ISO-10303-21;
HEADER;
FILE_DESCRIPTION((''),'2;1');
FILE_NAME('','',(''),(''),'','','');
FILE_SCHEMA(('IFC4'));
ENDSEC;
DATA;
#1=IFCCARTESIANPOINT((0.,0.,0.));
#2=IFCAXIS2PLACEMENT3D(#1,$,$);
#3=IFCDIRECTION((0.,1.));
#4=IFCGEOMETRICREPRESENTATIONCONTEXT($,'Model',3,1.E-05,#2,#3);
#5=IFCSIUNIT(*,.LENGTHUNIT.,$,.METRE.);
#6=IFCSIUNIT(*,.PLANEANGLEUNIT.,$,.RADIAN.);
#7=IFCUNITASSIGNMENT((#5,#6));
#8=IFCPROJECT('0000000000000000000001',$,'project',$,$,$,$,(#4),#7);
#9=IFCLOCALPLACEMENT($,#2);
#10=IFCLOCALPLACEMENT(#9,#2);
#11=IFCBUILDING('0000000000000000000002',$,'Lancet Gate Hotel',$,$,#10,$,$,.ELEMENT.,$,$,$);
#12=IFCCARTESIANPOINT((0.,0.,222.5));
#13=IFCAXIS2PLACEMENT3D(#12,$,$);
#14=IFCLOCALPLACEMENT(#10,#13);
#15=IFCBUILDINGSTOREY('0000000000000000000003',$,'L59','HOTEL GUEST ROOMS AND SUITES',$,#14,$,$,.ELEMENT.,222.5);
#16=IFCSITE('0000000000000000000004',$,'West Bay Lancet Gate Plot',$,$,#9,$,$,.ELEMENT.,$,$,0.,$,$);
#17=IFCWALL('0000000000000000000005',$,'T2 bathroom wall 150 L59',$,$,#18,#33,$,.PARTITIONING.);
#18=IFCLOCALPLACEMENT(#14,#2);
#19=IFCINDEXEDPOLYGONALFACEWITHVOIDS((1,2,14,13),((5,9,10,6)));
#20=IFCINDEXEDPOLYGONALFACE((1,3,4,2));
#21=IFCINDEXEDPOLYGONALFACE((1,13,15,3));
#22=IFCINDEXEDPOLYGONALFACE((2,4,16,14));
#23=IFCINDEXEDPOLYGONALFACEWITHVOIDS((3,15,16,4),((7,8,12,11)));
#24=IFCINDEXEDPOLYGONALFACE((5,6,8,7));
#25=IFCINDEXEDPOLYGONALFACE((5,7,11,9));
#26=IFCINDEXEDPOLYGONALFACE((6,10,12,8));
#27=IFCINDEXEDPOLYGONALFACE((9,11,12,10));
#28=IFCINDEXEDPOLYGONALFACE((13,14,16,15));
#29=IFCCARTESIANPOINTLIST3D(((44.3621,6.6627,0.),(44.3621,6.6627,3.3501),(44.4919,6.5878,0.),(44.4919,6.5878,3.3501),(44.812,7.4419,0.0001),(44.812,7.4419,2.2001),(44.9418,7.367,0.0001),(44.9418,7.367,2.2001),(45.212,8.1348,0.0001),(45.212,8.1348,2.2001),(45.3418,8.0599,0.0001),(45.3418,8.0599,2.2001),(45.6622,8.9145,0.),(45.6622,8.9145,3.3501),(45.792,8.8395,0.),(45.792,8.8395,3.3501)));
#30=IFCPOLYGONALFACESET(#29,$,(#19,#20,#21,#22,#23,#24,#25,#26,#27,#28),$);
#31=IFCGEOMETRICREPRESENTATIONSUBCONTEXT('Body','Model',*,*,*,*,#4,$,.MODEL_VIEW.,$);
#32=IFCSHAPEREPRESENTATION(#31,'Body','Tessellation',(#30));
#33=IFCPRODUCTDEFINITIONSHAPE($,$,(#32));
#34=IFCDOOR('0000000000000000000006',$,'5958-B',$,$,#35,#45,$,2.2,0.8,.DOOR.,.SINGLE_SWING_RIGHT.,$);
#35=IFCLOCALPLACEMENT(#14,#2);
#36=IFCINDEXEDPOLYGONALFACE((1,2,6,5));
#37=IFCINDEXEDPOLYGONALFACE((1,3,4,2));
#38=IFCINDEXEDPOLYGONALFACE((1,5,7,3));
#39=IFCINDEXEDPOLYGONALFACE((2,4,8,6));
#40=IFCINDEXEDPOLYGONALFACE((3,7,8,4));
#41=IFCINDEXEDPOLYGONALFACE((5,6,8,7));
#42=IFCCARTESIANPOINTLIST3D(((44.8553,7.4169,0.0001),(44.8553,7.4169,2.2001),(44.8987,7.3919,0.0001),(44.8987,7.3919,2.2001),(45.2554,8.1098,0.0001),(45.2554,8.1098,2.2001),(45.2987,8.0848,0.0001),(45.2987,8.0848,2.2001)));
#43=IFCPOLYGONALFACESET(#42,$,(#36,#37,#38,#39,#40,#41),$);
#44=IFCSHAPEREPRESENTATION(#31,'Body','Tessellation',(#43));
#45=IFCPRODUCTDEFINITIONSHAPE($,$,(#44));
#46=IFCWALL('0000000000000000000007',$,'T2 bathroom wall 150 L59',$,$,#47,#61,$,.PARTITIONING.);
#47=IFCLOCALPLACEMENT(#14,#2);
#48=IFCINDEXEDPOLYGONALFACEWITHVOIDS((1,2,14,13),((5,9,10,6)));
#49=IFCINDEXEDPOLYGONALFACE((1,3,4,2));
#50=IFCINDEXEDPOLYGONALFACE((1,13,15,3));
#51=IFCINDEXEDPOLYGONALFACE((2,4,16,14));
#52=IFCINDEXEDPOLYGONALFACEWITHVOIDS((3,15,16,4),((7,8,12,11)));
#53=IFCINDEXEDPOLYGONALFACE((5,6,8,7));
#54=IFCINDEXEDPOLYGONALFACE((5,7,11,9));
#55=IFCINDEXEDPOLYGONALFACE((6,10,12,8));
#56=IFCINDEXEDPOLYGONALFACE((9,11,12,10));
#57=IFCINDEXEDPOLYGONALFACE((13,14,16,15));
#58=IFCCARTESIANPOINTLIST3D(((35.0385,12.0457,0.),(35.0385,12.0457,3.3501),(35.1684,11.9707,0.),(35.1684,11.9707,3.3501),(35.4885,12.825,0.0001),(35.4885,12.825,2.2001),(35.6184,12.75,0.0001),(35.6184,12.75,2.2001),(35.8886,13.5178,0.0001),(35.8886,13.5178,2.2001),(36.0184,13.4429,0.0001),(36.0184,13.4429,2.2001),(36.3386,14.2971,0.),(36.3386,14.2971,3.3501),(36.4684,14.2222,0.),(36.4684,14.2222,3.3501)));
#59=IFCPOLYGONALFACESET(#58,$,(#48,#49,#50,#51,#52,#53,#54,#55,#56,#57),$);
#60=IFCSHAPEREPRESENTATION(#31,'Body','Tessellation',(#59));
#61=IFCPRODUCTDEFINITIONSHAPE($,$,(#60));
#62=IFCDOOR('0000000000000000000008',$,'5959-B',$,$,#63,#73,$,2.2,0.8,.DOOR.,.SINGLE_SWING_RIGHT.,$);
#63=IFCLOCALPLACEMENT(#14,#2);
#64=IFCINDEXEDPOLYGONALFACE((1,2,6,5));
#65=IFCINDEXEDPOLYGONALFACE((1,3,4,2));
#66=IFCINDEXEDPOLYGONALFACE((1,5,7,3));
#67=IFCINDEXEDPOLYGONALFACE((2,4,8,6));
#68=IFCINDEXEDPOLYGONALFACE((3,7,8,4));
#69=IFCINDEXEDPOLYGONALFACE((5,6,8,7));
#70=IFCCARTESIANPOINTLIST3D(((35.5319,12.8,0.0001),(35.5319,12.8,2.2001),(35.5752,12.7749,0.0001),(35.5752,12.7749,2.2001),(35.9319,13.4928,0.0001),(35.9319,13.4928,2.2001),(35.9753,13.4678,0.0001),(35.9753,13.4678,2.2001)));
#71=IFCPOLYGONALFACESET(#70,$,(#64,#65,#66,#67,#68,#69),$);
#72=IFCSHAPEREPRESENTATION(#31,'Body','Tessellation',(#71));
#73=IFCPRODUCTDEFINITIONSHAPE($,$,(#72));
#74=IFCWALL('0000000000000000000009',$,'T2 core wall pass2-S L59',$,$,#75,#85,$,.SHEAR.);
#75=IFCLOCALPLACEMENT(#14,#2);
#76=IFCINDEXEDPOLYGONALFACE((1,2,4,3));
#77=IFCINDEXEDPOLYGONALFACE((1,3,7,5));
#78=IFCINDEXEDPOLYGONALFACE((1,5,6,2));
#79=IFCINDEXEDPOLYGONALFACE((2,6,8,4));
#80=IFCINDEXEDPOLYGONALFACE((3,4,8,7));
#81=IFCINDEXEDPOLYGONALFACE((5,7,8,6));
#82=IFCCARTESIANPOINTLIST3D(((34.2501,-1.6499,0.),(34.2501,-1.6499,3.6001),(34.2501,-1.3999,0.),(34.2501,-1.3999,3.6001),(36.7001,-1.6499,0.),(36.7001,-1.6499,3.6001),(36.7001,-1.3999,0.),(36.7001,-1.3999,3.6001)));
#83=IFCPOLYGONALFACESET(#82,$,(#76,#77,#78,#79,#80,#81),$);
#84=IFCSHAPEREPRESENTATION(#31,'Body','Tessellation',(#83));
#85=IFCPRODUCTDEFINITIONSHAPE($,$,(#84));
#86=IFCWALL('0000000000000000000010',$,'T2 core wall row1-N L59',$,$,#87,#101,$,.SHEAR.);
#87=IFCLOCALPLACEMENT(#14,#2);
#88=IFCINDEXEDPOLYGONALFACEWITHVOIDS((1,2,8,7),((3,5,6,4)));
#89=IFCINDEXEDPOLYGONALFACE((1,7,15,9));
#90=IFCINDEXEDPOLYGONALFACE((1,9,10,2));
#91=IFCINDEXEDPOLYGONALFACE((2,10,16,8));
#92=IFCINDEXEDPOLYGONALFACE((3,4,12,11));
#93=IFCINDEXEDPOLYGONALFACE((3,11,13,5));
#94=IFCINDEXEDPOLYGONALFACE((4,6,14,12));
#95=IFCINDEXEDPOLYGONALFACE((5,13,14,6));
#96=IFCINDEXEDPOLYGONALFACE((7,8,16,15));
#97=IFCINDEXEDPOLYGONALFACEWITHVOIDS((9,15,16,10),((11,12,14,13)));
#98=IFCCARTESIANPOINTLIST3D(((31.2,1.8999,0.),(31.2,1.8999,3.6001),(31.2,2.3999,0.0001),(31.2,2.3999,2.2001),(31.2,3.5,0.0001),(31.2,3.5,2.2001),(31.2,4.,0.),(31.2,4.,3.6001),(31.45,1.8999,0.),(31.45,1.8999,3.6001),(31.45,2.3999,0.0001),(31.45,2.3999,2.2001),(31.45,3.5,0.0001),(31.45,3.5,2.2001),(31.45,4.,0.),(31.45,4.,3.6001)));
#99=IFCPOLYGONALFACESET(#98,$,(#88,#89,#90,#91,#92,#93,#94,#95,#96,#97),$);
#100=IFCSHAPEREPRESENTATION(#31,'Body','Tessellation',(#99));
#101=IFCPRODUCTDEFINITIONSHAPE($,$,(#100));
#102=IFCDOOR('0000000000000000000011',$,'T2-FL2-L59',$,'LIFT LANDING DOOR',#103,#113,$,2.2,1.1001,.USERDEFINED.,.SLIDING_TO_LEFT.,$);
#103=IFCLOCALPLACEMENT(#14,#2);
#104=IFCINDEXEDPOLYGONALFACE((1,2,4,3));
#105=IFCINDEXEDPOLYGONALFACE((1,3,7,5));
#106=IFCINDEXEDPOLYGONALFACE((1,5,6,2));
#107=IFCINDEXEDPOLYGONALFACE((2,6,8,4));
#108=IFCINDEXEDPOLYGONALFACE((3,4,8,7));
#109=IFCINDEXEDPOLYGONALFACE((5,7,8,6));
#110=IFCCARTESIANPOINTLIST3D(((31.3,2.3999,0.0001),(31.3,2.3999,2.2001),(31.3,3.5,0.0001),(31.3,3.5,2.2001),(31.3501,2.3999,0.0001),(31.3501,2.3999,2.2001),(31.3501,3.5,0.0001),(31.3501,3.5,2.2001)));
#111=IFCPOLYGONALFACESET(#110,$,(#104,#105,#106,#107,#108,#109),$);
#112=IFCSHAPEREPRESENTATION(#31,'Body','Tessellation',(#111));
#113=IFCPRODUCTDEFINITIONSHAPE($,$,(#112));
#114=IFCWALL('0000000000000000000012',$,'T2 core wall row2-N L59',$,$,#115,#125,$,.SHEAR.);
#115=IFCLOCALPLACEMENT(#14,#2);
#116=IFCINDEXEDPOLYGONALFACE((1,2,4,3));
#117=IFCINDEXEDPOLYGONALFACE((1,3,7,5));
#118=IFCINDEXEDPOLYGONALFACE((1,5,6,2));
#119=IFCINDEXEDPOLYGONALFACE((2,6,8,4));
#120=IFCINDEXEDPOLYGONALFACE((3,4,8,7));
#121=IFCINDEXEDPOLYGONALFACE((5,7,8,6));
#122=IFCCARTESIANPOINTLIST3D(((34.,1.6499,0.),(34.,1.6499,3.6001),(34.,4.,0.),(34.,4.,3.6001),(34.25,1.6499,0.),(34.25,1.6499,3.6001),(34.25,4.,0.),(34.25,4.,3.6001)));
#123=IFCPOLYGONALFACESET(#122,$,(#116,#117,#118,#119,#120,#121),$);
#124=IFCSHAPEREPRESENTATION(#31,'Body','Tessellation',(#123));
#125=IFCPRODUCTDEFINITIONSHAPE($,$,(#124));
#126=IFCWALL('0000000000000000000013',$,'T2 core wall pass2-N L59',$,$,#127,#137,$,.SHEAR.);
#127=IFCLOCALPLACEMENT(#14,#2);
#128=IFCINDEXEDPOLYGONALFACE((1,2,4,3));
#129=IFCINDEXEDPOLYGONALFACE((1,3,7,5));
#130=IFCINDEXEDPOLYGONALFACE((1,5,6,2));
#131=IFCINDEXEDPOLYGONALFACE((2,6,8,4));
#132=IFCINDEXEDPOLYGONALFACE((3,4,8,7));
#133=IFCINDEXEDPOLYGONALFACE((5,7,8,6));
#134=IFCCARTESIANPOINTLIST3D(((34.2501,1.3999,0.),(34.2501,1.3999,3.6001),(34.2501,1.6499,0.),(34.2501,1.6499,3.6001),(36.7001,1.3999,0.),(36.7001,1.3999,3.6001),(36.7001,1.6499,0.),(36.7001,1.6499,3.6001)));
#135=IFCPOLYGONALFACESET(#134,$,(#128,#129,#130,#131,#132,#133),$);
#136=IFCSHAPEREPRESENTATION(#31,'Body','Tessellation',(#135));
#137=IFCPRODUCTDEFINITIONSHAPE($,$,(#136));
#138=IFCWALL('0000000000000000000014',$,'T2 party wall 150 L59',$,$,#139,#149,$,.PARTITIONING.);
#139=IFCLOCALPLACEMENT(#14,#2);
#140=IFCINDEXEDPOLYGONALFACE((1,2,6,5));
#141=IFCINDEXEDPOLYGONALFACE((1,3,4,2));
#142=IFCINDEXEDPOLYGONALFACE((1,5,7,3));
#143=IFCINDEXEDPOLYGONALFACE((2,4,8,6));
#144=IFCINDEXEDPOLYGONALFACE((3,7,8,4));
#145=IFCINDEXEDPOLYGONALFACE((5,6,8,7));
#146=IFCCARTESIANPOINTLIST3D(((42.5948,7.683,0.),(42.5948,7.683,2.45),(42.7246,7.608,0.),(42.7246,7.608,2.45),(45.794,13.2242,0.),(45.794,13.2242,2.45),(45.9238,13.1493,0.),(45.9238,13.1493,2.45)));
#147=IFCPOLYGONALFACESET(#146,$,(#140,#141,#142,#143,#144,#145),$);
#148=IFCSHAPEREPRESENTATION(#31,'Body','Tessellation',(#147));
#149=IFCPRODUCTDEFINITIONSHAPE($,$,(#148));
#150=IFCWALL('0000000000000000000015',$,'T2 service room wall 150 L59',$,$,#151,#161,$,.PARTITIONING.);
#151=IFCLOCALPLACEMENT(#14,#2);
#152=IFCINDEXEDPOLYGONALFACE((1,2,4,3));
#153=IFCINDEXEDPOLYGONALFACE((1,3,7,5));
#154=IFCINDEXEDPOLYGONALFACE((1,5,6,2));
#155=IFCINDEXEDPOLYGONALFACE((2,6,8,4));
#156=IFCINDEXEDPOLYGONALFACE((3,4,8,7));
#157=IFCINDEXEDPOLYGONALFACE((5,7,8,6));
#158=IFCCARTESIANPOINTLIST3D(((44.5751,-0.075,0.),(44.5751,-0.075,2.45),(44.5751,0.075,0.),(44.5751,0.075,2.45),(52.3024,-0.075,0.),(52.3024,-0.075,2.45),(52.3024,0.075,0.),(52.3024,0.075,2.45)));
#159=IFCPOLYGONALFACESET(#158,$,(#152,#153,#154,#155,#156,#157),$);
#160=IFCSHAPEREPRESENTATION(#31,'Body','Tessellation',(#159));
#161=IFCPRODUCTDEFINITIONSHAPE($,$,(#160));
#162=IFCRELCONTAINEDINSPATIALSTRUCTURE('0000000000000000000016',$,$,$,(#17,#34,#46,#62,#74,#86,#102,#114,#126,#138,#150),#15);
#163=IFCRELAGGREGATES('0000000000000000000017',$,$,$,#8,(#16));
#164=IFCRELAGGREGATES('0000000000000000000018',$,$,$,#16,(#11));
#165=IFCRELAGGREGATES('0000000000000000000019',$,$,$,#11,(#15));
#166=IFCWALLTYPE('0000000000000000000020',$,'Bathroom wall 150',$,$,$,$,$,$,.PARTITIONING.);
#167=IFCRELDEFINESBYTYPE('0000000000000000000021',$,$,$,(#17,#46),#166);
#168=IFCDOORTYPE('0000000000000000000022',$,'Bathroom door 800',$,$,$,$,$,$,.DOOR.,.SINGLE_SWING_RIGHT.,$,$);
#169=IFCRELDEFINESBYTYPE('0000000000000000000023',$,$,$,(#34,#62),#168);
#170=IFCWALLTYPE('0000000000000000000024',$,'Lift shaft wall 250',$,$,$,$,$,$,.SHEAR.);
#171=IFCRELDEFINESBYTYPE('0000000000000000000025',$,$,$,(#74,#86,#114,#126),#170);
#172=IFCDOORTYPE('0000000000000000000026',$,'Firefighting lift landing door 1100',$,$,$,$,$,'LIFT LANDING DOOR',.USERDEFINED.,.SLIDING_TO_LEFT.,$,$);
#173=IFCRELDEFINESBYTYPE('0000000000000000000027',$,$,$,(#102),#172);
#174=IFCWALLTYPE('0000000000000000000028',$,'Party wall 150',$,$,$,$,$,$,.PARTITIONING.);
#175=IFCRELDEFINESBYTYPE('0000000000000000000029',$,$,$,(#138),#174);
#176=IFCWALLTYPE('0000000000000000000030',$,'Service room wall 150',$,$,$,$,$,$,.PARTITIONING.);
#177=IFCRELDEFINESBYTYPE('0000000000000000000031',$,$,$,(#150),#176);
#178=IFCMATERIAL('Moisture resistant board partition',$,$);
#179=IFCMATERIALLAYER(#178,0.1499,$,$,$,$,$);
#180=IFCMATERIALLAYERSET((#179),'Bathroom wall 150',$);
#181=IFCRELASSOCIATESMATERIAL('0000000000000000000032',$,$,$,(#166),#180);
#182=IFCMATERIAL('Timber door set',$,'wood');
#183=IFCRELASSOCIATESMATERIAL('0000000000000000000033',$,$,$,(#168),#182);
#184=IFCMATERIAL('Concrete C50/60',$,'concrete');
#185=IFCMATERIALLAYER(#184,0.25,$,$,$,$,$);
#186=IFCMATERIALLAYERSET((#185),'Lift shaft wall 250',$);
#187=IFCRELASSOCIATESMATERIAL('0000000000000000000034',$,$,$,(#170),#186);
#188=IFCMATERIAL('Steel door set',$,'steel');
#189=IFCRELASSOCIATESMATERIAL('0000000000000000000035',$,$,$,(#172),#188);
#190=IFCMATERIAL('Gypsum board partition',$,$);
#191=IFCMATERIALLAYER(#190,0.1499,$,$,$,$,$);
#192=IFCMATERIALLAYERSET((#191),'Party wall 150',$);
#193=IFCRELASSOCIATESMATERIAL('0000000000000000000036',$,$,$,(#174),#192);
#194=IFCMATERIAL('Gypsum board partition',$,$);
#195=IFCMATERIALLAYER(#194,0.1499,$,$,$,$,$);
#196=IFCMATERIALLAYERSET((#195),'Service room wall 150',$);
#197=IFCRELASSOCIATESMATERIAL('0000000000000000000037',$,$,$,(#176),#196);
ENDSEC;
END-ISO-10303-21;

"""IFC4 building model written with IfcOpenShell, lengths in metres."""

from ifc_helpers import new_model, si_unit, direction, frame, frame_2d, origin, place, context, subcontext, project, spatial, rectangle, extrude, material, layer, layer_set, type_object, element, fill, save


model = new_model("IFC4")

# Units and contexts
model_context = context("Model", 3, precision=1e-05, world=origin(), true_north=direction((0.0, 1.0)))
body_context = subcontext(model_context, "Body", "Model", "MODEL_VIEW")
ifc_project = project(units=[si_unit("LENGTHUNIT", "METRE"), si_unit("PLANEANGLEUNIT", "RADIAN")], contexts=[model_context])

# Site, building, storey
site_placement = place(None, origin())
site = spatial("IfcSite", under=ifc_project, at=site_placement, Name="West Bay Lancet Gate Plot", CompositionType="ELEMENT", RefElevation=0.0)
building_placement = place(site_placement, origin())
building = spatial("IfcBuilding", under=site, at=building_placement, Name="Lancet Gate Hotel", CompositionType="ELEMENT")
storey_placement = place(building_placement, frame((0.0, 0.0, 222.5)))
storey = spatial("IfcBuildingStorey", under=building, at=storey_placement, Name="L59", Description="HOTEL GUEST ROOMS AND SUITES", CompositionType="ELEMENT", Elevation=222.5)

# Shared definitions
ifc_material_1 = material(Name="Moisture resistant board partition")
ifc_layer_1 = layer(ifc_material_1, 0.1499)
ifc_layer_set_1 = layer_set([ifc_layer_1], Name="Bathroom wall 150")
wall_type_1 = type_object("IfcWallType", Name="Bathroom wall 150", PredefinedType="PARTITIONING", material=ifc_layer_set_1)

# Walls, openings, doors
wall_1_placement = place(storey_placement, frame((44.427, 6.6252, 0.0), z_axis=(0.0, 0.0, 1.0), x_axis=(0.500007, 0.866021, 0.0)))
wall_1 = element("IfcWall", 1, at=wall_1_placement, inside=storey, type_object=wall_type_1, Name="T2 bathroom wall 150 L59", PredefinedType="PARTITIONING", context=body_context, shape_type="SweptSolid", body=[
    extrude(rectangle(XDim=2.6001, YDim=0.1499, at=frame_2d((1.3, 0.0))), origin(), (0.0, 0.0, 1.0), 3.3501),
])
opening_1_placement = place(wall_1_placement, frame((0.8999, 0.0, 0.0)))
opening_1 = element("IfcOpeningElement", 2, at=opening_1_placement, cuts=wall_1, PredefinedType="OPENING", context=body_context, shape_type="SweptSolid", body=[
    extrude(rectangle(XDim=0.8, YDim=2.2, at=frame_2d((0.3999, 1.1001))), frame((0.0, 0.085, 0.0), z_axis=(0.0, -1.0, 0.0), x_axis=(1.0, 0.0, 0.0)), (0.0, 0.0, 1.0), 0.1699),
])
ifc_material_2 = material(Name="Timber door set", Category="wood")
door_type_1 = type_object("IfcDoorType", Name="Bathroom door 800", OperationType="SINGLE_SWING_RIGHT", PredefinedType="DOOR", material=ifc_material_2)
door_1_placement = place(opening_1_placement, origin())
door_1 = element("IfcDoor", 3, at=door_1_placement, inside=storey, type_object=door_type_1, Name="5958-B", OperationType="SINGLE_SWING_RIGHT", OverallHeight=2.2, OverallWidth=0.8, PredefinedType="DOOR", context=body_context, shape_type="SweptSolid", body=[
    extrude(rectangle(XDim=0.8, YDim=2.2, at=frame_2d((0.3999, 1.1001))), frame((0.0, 0.0249, 0.0), z_axis=(0.0, -1.0, 0.0), x_axis=(1.0, 0.0, 0.0)), (0.0, 0.0, 1.0), 0.05),
])
fill(opening_1, door_1)
wall_2_placement = place(storey_placement, frame((35.1035, 12.0083, 0.0), z_axis=(0.0, 0.0, 1.0), x_axis=(0.500048, 0.865998, 0.0)))
wall_2 = element("IfcWall", 4, at=wall_2_placement, inside=storey, type_object=wall_type_1, Name="T2 bathroom wall 150 L59", PredefinedType="PARTITIONING", context=body_context, shape_type="SweptSolid", body=[
    extrude(rectangle(XDim=2.5999, YDim=0.1499, at=frame_2d((1.2998, 0.0))), origin(), (0.0, 0.0, 1.0), 3.3501),
])
opening_2_placement = place(wall_2_placement, frame((0.8999, 0.0, 0.0)))
opening_2 = element("IfcOpeningElement", 5, at=opening_2_placement, cuts=wall_2, PredefinedType="OPENING", context=body_context, shape_type="SweptSolid", body=[
    extrude(rectangle(XDim=0.8, YDim=2.2, at=frame_2d((0.3999, 1.1001))), frame((0.0, 0.085, 0.0), z_axis=(0.0, -1.0, 0.0), x_axis=(1.0, 0.0, 0.0)), (0.0, 0.0, 1.0), 0.1699),
])
door_2_placement = place(opening_2_placement, origin())
door_2 = element("IfcDoor", 6, at=door_2_placement, inside=storey, type_object=door_type_1, Name="5959-B", OperationType="SINGLE_SWING_RIGHT", OverallHeight=2.2, OverallWidth=0.8, PredefinedType="DOOR", context=body_context, shape_type="SweptSolid", body=[
    extrude(rectangle(XDim=0.8, YDim=2.2, at=frame_2d((0.3999, 1.1001))), frame((0.0, 0.0249, 0.0), z_axis=(0.0, -1.0, 0.0), x_axis=(1.0, 0.0, 0.0)), (0.0, 0.0, 1.0), 0.05),
])
fill(opening_2, door_2)

# Wall
ifc_material_3 = material(Name="Concrete C50/60", Category="concrete")
ifc_layer_2 = layer(ifc_material_3, 0.25)
ifc_layer_set_2 = layer_set([ifc_layer_2], Name="Lift shaft wall 250")
wall_type_2 = type_object("IfcWallType", Name="Lift shaft wall 250", PredefinedType="SHEAR", material=ifc_layer_set_2)
wall_3_placement = place(storey_placement, frame((34.25, -1.5249, 0.0), z_axis=(0.0, 0.0, 1.0), x_axis=(1.0, 0.0, 0.0)))
element("IfcWall", 7, at=wall_3_placement, inside=storey, type_object=wall_type_2, Name="T2 core wall pass2-S L59", PredefinedType="SHEAR", context=body_context, shape_type="SweptSolid", body=[
    extrude(rectangle(XDim=2.45, YDim=0.25, at=frame_2d((1.2251, 0.0))), origin(), (0.0, 0.0, 1.0), 3.6001),
])

# Wall, opening, door
wall_4_placement = place(storey_placement, frame((31.325, 1.8999, 0.0), z_axis=(0.0, 0.0, 1.0), x_axis=(0.0, 1.0, 0.0)))
wall_4 = element("IfcWall", 8, at=wall_4_placement, inside=storey, type_object=wall_type_2, Name="T2 core wall row1-N L59", PredefinedType="SHEAR", context=body_context, shape_type="SweptSolid", body=[
    extrude(rectangle(XDim=2.1001, YDim=0.25, at=frame_2d((1.05, 0.0))), origin(), (0.0, 0.0, 1.0), 3.6001),
])
opening_3_placement = place(wall_4_placement, frame((0.5, 0.0, 0.0)))
opening_3 = element("IfcOpeningElement", 9, at=opening_3_placement, cuts=wall_4, PredefinedType="OPENING", context=body_context, shape_type="SweptSolid", body=[
    extrude(rectangle(XDim=1.1001, YDim=2.2, at=frame_2d((0.55, 1.1001))), frame((0.0, 0.135, 0.0), z_axis=(0.0, -1.0, 0.0), x_axis=(1.0, 0.0, 0.0)), (0.0, 0.0, 1.0), 0.27),
])
ifc_material_4 = material(Name="Steel door set", Category="steel")
door_type_2 = type_object("IfcDoorType", Name="Firefighting lift landing door 1100", ElementType="LIFT LANDING DOOR", OperationType="SLIDING_TO_LEFT", PredefinedType="USERDEFINED", material=ifc_material_4)
door_3_placement = place(opening_3_placement, origin())
door_3 = element("IfcDoor", 10, at=door_3_placement, inside=storey, type_object=door_type_2, Name="T2-FL2-L59", ObjectType="LIFT LANDING DOOR", OperationType="SLIDING_TO_LEFT", OverallHeight=2.2, OverallWidth=1.1001, PredefinedType="USERDEFINED", context=body_context, shape_type="SweptSolid", body=[
    extrude(rectangle(XDim=1.1001, YDim=2.2, at=frame_2d((0.55, 1.1001))), frame((0.0, 0.0249, 0.0), z_axis=(0.0, -1.0, 0.0), x_axis=(1.0, 0.0, 0.0)), (0.0, 0.0, 1.0), 0.05),
])
fill(opening_3, door_3)

# Walls
wall_5_placement = place(storey_placement, frame((34.125, 1.6499, 0.0), z_axis=(0.0, 0.0, 1.0), x_axis=(0.0, 1.0, 0.0)))
element("IfcWall", 11, at=wall_5_placement, inside=storey, type_object=wall_type_2, Name="T2 core wall row2-N L59", PredefinedType="SHEAR", context=body_context, shape_type="SweptSolid", body=[
    extrude(rectangle(XDim=2.3501, YDim=0.25, at=frame_2d((1.175, 0.0))), origin(), (0.0, 0.0, 1.0), 3.6001),
])
wall_6_placement = place(storey_placement, frame((34.25, 1.5249, 0.0), z_axis=(0.0, 0.0, 1.0), x_axis=(1.0, 0.0, 0.0)))
element("IfcWall", 12, at=wall_6_placement, inside=storey, type_object=wall_type_2, Name="T2 core wall pass2-N L59", PredefinedType="SHEAR", context=body_context, shape_type="SweptSolid", body=[
    extrude(rectangle(XDim=2.45, YDim=0.25, at=frame_2d((1.2251, 0.0))), origin(), (0.0, 0.0, 1.0), 3.6001),
])
ifc_material_5 = material(Name="Gypsum board partition")
ifc_layer_3 = layer(ifc_material_5, 0.1499)
ifc_layer_set_3 = layer_set([ifc_layer_3], Name="Party wall 150")
wall_type_3 = type_object("IfcWallType", Name="Party wall 150", PredefinedType="PARTITIONING", material=ifc_layer_set_3)
wall_7_placement = place(storey_placement, frame((42.6597, 7.6455, 0.0), z_axis=(0.0, 0.0, 1.0), x_axis=(0.499997, 0.866027, 0.0)))
element("IfcWall", 13, at=wall_7_placement, inside=storey, type_object=wall_type_3, Name="T2 party wall 150 L59", PredefinedType="PARTITIONING", context=body_context, shape_type="SweptSolid", body=[
    extrude(rectangle(XDim=6.3984, YDim=0.1499, at=frame_2d((3.1992, 0.0))), origin(), (0.0, 0.0, 1.0), 2.45),
])
ifc_material_6 = material(Name="Gypsum board partition")
ifc_layer_4 = layer(ifc_material_6, 0.1499)
ifc_layer_set_4 = layer_set([ifc_layer_4], Name="Service room wall 150")
wall_type_4 = type_object("IfcWallType", Name="Service room wall 150", PredefinedType="PARTITIONING", material=ifc_layer_set_4)
wall_8_placement = place(storey_placement, frame((44.575, 0.0, 0.0), z_axis=(0.0, 0.0, 1.0), x_axis=(1.0, 0.0, 0.0)))
element("IfcWall", 14, at=wall_8_placement, inside=storey, type_object=wall_type_4, Name="T2 service room wall 150 L59", PredefinedType="PARTITIONING", context=body_context, shape_type="SweptSolid", body=[
    extrude(rectangle(XDim=7.7273, YDim=0.1499, at=frame_2d((3.8638, 0.0))), origin(), (0.0, 0.0, 1.0), 2.45),
])

save(model, "model.ifc")
